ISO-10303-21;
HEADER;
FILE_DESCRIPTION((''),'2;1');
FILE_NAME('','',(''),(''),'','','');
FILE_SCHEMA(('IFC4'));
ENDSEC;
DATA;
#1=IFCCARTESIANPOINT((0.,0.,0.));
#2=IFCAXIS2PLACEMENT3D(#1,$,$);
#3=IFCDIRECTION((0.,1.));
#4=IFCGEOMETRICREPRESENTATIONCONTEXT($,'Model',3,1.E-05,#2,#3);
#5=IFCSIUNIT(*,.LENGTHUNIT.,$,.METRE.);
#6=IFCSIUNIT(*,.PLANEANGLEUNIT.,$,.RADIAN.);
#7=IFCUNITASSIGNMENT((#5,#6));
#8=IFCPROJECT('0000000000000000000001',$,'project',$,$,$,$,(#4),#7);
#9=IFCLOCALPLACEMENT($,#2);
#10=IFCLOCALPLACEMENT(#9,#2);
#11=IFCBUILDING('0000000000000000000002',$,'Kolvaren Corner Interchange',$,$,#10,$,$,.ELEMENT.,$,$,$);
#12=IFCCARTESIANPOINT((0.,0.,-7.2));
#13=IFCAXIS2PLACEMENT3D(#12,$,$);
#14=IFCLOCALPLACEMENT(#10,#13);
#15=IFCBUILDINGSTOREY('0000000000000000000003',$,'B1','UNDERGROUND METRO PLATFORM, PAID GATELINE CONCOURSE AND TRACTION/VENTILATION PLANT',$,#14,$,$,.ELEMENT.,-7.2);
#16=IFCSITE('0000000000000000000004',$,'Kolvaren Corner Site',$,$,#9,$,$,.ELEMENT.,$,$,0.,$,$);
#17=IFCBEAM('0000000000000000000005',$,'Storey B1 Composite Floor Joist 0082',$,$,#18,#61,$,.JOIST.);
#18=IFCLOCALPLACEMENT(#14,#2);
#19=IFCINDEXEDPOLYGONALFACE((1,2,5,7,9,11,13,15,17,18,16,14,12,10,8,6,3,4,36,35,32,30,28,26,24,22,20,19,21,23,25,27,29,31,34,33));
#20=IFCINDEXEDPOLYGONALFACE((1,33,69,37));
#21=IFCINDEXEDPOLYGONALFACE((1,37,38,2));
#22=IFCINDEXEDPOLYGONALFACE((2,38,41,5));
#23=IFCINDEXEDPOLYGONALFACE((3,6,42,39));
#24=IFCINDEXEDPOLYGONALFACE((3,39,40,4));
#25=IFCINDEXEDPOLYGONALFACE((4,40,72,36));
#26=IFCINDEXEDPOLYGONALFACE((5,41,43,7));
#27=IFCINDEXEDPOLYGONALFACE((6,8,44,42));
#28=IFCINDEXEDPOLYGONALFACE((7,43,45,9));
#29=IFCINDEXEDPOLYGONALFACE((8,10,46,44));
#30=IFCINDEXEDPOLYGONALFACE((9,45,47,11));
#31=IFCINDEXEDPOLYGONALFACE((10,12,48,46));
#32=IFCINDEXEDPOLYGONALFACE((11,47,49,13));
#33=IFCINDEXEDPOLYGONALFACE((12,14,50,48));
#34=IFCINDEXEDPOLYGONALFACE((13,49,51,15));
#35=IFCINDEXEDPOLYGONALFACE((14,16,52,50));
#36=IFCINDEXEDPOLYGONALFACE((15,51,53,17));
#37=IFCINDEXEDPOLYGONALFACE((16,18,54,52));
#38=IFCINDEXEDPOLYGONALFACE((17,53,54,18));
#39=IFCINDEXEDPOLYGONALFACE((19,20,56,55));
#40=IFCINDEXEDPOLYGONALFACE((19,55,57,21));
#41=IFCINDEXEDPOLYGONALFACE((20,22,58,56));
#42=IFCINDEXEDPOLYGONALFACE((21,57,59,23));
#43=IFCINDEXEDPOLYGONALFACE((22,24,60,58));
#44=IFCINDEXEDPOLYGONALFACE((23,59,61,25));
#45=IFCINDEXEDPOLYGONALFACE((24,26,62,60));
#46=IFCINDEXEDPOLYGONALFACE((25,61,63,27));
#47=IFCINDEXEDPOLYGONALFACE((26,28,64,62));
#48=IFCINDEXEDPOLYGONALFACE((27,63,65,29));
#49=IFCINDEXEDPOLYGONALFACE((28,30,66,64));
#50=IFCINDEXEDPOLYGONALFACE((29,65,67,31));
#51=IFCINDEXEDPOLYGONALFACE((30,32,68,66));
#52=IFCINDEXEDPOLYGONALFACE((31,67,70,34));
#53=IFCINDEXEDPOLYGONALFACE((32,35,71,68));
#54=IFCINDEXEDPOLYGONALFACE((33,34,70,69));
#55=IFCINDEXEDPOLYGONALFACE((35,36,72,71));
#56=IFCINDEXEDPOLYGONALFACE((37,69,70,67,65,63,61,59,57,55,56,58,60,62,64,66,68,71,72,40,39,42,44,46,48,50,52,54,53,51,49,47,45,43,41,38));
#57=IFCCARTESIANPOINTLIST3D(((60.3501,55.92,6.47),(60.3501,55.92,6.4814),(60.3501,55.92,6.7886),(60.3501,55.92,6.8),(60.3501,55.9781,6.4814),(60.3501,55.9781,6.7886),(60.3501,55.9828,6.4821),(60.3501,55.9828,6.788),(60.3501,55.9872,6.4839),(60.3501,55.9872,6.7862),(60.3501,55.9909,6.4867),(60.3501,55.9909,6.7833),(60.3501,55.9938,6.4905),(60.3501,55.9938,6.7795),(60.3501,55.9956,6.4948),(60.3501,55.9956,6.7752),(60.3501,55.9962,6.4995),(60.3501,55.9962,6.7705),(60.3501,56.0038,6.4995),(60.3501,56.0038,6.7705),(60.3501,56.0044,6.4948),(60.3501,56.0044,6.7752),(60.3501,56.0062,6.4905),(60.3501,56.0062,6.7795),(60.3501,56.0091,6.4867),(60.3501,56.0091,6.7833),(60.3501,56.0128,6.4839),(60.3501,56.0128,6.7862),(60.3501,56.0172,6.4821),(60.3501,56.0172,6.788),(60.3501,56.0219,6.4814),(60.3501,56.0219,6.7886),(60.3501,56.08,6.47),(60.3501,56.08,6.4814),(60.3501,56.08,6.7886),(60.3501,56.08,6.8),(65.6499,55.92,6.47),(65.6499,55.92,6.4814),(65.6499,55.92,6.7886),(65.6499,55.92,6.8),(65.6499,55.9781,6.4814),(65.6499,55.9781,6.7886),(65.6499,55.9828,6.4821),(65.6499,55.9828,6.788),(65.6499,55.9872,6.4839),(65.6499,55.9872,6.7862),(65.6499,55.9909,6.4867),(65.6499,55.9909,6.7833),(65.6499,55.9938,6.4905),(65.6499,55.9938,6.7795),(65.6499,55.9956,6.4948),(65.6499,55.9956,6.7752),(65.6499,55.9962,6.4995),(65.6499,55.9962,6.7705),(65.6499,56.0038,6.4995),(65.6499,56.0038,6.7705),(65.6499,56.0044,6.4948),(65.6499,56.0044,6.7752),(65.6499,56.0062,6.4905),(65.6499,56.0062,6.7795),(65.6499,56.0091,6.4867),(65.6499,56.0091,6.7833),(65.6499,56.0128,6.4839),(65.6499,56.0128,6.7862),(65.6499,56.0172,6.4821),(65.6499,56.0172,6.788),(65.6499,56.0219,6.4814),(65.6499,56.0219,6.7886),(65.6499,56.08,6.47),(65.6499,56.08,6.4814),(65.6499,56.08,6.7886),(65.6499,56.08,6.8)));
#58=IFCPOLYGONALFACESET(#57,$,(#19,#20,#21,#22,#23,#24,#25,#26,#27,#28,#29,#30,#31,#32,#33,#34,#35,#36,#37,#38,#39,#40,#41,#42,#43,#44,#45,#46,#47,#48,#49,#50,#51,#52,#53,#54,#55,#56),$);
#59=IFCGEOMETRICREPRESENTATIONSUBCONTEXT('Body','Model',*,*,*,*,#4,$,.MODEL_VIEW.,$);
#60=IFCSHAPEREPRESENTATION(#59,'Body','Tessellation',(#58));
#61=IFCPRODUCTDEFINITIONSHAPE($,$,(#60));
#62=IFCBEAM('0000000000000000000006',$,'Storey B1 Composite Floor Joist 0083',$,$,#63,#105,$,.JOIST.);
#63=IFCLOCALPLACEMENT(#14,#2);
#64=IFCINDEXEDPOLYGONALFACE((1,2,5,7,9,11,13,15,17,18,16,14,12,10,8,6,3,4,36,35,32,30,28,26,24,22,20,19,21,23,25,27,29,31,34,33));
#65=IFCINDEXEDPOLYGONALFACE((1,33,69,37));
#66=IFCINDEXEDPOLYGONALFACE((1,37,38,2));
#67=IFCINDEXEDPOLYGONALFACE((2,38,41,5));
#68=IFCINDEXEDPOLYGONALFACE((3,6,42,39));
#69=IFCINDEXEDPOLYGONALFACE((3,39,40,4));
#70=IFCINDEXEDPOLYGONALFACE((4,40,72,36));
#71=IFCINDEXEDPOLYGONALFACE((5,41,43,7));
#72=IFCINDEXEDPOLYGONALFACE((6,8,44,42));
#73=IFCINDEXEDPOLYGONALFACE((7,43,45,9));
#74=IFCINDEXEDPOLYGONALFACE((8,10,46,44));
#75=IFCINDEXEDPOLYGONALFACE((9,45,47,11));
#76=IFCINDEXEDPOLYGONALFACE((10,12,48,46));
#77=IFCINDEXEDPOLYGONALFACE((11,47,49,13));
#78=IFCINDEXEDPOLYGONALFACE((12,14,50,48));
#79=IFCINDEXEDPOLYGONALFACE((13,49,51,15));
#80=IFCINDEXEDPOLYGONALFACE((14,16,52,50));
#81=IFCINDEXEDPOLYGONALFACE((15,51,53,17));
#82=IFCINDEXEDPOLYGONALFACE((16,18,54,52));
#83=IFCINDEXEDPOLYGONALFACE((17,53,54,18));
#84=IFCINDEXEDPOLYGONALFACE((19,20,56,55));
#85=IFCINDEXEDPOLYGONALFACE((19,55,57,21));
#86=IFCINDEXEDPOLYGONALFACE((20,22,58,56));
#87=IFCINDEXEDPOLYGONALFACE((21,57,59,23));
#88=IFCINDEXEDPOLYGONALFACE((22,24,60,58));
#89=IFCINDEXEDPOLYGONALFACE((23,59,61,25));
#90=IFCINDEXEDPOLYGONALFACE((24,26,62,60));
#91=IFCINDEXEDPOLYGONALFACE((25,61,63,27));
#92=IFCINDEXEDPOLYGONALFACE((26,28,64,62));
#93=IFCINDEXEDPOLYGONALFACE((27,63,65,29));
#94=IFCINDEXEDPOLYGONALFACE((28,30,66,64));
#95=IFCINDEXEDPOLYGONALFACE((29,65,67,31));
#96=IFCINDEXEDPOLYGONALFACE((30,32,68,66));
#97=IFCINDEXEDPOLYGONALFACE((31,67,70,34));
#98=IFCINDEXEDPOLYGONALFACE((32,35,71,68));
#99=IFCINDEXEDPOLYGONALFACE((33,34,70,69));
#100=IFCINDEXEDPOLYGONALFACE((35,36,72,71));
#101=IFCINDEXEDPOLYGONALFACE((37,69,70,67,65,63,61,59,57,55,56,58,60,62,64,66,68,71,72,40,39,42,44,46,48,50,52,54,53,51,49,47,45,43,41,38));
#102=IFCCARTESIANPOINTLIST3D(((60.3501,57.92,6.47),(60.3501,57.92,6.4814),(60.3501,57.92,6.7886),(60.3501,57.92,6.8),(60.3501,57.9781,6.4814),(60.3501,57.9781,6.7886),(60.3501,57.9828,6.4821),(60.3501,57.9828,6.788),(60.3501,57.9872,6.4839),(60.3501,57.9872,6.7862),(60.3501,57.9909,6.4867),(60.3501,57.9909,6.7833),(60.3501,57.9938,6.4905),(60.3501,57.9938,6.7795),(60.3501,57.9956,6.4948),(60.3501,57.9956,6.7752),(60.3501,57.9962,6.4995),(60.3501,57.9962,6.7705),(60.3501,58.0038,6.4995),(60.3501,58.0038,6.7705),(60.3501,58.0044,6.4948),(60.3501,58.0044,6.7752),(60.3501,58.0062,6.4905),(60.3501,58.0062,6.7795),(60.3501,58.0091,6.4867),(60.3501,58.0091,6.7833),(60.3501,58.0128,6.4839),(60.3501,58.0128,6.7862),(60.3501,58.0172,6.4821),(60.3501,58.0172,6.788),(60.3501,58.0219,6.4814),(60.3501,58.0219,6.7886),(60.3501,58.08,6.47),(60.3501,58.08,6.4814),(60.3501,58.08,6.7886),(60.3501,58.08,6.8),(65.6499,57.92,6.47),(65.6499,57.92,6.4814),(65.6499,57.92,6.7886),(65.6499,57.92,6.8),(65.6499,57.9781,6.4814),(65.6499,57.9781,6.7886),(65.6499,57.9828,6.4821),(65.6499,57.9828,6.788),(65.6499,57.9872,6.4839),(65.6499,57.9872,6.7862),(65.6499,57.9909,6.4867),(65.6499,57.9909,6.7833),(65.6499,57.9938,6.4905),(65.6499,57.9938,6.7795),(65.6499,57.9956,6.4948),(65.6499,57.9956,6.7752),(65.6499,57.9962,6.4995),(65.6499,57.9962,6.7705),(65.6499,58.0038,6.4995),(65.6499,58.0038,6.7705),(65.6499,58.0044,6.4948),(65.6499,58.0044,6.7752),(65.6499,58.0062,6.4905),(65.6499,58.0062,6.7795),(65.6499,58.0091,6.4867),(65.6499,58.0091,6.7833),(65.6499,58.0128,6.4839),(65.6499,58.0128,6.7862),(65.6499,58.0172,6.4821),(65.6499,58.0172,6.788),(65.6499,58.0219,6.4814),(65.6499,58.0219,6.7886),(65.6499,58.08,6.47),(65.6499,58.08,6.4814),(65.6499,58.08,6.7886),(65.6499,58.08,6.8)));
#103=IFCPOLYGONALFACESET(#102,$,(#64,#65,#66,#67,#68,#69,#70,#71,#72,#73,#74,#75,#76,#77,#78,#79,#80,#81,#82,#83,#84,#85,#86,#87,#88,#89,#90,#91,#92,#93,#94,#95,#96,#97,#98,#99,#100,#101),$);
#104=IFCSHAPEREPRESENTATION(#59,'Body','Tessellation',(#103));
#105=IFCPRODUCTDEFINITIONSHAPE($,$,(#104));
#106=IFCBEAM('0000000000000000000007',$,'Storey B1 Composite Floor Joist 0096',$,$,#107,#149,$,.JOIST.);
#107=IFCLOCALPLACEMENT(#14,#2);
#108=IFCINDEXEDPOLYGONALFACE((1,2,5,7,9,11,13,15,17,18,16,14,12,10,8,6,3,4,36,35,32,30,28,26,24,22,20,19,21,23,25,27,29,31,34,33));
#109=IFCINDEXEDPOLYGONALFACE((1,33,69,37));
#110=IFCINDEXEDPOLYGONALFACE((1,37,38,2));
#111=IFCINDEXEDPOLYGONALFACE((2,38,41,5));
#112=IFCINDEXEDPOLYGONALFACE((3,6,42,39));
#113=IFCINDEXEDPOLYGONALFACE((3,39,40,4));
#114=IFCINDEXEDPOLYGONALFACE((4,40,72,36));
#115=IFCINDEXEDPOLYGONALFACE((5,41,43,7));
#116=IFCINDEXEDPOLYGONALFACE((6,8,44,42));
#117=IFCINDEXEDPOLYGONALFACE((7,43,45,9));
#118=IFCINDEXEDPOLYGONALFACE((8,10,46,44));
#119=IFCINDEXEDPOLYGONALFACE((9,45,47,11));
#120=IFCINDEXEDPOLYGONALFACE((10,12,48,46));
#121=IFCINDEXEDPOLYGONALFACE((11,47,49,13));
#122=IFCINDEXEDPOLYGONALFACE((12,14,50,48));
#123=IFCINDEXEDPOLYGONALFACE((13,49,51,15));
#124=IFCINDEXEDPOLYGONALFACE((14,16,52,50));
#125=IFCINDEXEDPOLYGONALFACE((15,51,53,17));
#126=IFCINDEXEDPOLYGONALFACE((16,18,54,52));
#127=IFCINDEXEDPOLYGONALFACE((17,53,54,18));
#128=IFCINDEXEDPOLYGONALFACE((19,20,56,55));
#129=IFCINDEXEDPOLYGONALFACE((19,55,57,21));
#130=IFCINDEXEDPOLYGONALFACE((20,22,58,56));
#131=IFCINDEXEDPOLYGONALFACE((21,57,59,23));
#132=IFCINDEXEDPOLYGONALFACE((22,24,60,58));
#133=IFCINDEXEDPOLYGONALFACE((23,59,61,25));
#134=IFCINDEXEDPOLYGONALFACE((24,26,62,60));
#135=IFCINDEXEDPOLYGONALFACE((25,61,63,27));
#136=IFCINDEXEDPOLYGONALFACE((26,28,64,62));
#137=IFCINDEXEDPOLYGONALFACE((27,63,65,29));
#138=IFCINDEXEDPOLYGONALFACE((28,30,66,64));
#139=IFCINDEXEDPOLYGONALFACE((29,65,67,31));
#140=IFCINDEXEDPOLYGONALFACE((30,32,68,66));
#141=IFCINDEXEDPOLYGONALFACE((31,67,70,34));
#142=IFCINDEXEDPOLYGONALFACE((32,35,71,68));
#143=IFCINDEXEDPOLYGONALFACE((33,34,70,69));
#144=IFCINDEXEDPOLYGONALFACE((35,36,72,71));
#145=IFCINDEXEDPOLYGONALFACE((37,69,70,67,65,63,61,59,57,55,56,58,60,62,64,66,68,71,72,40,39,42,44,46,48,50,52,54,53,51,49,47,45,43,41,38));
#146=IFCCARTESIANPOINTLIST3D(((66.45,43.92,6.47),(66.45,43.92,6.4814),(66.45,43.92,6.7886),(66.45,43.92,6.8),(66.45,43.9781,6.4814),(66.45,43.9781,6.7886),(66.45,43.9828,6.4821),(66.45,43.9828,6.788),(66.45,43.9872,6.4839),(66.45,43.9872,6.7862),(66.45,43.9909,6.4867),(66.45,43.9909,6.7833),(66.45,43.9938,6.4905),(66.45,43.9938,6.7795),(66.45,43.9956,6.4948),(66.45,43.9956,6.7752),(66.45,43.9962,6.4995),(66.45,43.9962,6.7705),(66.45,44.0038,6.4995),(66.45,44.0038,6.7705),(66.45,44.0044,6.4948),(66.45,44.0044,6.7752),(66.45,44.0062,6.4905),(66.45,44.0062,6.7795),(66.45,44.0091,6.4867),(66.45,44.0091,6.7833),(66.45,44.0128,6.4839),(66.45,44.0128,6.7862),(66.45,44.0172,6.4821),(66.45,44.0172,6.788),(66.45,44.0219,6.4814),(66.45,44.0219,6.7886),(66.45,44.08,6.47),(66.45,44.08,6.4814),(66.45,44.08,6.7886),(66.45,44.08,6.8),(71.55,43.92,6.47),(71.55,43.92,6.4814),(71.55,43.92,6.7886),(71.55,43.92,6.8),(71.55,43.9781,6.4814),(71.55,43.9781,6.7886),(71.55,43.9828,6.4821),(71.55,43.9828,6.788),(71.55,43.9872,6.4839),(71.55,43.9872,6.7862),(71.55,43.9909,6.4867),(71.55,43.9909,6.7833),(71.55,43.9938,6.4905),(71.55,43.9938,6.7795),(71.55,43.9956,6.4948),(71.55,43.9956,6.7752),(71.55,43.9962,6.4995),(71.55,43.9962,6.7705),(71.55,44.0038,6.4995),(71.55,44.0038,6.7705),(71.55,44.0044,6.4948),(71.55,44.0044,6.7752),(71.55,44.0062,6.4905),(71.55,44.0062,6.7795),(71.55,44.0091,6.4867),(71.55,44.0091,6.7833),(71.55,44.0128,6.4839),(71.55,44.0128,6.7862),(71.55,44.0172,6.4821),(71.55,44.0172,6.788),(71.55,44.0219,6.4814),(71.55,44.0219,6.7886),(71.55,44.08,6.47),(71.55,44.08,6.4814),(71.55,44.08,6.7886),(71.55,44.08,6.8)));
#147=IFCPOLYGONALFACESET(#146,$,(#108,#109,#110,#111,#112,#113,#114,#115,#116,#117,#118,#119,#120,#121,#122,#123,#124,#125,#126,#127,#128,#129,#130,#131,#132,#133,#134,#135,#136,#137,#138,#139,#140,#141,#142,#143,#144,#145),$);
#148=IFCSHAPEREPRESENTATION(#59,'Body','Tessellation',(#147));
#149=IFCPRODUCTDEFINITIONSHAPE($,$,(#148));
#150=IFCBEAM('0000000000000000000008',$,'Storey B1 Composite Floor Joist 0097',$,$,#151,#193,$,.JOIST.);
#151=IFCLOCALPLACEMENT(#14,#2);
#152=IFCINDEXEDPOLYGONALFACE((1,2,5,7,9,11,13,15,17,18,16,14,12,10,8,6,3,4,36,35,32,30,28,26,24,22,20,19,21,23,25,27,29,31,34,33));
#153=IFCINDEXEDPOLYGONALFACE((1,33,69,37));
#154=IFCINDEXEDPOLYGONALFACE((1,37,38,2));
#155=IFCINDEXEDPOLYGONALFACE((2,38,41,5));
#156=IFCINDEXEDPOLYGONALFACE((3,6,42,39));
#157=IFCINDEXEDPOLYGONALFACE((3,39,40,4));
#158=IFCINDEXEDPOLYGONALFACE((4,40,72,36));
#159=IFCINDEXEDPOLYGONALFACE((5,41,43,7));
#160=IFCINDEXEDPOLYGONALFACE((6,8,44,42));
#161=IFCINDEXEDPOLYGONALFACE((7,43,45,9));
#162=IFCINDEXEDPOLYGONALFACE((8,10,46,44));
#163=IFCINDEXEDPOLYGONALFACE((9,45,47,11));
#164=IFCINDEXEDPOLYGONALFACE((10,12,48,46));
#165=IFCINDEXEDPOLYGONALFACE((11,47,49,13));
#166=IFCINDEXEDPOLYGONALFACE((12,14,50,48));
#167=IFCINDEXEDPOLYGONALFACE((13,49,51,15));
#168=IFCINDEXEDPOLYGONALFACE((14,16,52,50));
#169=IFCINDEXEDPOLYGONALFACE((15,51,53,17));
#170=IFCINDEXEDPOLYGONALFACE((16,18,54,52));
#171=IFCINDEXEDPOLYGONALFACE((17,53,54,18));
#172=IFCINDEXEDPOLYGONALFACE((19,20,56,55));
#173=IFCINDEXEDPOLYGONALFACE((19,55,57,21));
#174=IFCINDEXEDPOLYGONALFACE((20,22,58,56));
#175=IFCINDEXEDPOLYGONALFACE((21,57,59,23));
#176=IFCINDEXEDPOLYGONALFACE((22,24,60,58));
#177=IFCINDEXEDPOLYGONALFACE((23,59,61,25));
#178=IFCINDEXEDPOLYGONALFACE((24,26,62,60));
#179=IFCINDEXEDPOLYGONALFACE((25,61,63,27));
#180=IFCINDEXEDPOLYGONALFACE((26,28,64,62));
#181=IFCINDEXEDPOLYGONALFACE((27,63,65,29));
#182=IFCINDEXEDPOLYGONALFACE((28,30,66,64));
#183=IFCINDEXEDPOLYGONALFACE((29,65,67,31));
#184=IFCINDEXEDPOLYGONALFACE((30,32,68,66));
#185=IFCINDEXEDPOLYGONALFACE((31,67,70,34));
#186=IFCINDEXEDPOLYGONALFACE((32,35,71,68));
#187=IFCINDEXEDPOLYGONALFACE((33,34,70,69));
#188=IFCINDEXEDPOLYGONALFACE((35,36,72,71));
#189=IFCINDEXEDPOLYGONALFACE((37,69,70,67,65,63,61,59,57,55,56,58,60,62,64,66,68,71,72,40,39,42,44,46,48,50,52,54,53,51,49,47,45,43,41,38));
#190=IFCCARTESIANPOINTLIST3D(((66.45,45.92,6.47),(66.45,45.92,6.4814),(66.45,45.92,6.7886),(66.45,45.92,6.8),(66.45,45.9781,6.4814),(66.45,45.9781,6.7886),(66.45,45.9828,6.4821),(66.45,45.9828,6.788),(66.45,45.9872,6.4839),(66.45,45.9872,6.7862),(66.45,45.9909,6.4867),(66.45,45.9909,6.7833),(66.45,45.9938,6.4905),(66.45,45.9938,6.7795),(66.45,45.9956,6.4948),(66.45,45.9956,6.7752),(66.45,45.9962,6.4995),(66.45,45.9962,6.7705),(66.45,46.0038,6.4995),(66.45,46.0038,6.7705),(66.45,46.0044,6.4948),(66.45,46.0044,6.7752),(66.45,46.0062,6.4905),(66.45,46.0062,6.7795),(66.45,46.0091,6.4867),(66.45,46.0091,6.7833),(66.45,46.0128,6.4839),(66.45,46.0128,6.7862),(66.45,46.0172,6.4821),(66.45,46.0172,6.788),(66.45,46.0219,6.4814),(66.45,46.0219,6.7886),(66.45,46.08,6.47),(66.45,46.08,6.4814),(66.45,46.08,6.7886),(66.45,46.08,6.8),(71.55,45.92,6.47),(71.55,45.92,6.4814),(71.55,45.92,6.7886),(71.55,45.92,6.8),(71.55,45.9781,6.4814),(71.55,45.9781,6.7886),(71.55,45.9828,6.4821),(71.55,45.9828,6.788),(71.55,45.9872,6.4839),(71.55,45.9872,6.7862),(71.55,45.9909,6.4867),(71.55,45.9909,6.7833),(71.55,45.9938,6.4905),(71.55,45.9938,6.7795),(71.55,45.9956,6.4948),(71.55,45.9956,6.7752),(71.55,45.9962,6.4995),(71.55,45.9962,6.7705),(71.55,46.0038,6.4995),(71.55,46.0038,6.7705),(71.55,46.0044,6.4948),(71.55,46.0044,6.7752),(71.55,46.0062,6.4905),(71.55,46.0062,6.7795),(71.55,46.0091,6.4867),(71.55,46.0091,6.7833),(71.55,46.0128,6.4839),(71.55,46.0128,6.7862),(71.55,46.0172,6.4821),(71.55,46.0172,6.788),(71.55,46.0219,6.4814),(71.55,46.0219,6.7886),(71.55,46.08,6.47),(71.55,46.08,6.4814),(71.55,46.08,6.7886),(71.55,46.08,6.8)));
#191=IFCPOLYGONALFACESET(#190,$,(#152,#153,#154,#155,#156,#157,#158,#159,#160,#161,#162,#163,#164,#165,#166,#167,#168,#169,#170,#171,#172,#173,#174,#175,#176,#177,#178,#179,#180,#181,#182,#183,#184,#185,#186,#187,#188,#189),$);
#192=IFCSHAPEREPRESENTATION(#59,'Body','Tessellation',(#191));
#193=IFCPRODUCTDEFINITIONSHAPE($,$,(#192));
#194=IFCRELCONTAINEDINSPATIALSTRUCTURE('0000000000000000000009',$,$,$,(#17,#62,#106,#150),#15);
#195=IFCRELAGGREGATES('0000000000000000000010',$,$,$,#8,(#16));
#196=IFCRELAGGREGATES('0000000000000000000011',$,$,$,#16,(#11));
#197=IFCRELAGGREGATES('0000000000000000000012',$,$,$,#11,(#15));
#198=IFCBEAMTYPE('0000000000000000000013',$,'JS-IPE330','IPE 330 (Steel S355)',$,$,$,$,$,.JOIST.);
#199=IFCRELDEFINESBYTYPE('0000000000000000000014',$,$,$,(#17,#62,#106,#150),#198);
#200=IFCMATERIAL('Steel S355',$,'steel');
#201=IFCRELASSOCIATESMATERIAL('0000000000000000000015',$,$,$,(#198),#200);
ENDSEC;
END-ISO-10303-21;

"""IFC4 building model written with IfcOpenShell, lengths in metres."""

from ifc_helpers import new_model, si_unit, direction, frame, origin, origin_2d, place, context, subcontext, project, spatial, i_section, extrude, material, material_profile, profile_set, type_object, element, save


model = new_model("IFC4")

# Units and contexts
model_context = context("Model", 3, precision=1e-05, world=origin(), true_north=direction((0.0, 1.0)))
body_context = subcontext(model_context, "Body", "Model", "MODEL_VIEW")
ifc_project = project(units=[si_unit("LENGTHUNIT", "METRE"), si_unit("PLANEANGLEUNIT", "RADIAN")], contexts=[model_context])

# Site, building, storey
site_placement = place(None, origin())
site = spatial("IfcSite", under=ifc_project, at=site_placement, Name="Kolvaren Corner Site", CompositionType="ELEMENT", RefElevation=0.0)
building_placement = place(site_placement, origin())
building = spatial("IfcBuilding", under=site, at=building_placement, Name="Kolvaren Corner Interchange", CompositionType="ELEMENT")
storey_placement = place(building_placement, frame((0.0, 0.0, -7.2)))
storey = spatial("IfcBuildingStorey", under=building, at=storey_placement, Name="B1", Description="UNDERGROUND METRO PLATFORM, PAID GATELINE CONCOURSE AND TRACTION/VENTILATION PLANT", CompositionType="ELEMENT", Elevation=-7.2)

# Beams
ifc_material_1 = material(Name="Steel S355", Category="steel")
ifc_material_profile_1 = material_profile(ifc_material_1, i_section(OverallWidth=0.1599, OverallDepth=0.3301, WebThickness=0.0076, FlangeThickness=0.0115, FilletRadius=0.0181, at=origin_2d()), Name="IPE 330")
ifc_profile_set_1 = profile_set([ifc_material_profile_1], Name="Steel S355")
beam_type_1 = type_object("IfcBeamType", Name="JS-IPE330", Description="IPE 330 (Steel S355)", PredefinedType="JOIST", material=ifc_profile_set_1)
for number, where, z_axis, x_axis, name in (
    (1, (60.3501, 56.0, 6.635), (1.0, 0.0, 0.0), (0.0, 1.0, 0.0), "Storey B1 Composite Floor Joist 0082"),
    (2, (60.3501, 58.0, 6.635), (1.0, 0.0, 0.0), (0.0, 1.0, 0.0), "Storey B1 Composite Floor Joist 0083"),
):
    element("IfcBeam", number, at=place(storey_placement, frame(where, z_axis=z_axis, x_axis=x_axis)), inside=storey, type_object=beam_type_1, Name=name, PredefinedType="JOIST", context=body_context, shape_type="SweptSolid", body=[
        extrude(i_section(OverallWidth=0.1599, OverallDepth=0.3301, WebThickness=0.0076, FlangeThickness=0.0115, FilletRadius=0.0181, at=origin_2d()), origin(), (0.0, 0.0, 1.0), 5.2998),
    ])
for number, where, z_axis, x_axis, name in (
    (3, (66.45, 44.0, 6.635), (1.0, 0.0, 0.0), (0.0, 1.0, 0.0), "Storey B1 Composite Floor Joist 0096"),
    (4, (66.45, 46.0, 6.635), (1.0, 0.0, 0.0), (0.0, 1.0, 0.0), "Storey B1 Composite Floor Joist 0097"),
):
    element("IfcBeam", number, at=place(storey_placement, frame(where, z_axis=z_axis, x_axis=x_axis)), inside=storey, type_object=beam_type_1, Name=name, PredefinedType="JOIST", context=body_context, shape_type="SweptSolid", body=[
        extrude(i_section(OverallWidth=0.1599, OverallDepth=0.3301, WebThickness=0.0076, FlangeThickness=0.0115, FilletRadius=0.0181, at=origin_2d()), origin(), (0.0, 0.0, 1.0), 5.1001),
    ])

save(model, "model.ifc")
